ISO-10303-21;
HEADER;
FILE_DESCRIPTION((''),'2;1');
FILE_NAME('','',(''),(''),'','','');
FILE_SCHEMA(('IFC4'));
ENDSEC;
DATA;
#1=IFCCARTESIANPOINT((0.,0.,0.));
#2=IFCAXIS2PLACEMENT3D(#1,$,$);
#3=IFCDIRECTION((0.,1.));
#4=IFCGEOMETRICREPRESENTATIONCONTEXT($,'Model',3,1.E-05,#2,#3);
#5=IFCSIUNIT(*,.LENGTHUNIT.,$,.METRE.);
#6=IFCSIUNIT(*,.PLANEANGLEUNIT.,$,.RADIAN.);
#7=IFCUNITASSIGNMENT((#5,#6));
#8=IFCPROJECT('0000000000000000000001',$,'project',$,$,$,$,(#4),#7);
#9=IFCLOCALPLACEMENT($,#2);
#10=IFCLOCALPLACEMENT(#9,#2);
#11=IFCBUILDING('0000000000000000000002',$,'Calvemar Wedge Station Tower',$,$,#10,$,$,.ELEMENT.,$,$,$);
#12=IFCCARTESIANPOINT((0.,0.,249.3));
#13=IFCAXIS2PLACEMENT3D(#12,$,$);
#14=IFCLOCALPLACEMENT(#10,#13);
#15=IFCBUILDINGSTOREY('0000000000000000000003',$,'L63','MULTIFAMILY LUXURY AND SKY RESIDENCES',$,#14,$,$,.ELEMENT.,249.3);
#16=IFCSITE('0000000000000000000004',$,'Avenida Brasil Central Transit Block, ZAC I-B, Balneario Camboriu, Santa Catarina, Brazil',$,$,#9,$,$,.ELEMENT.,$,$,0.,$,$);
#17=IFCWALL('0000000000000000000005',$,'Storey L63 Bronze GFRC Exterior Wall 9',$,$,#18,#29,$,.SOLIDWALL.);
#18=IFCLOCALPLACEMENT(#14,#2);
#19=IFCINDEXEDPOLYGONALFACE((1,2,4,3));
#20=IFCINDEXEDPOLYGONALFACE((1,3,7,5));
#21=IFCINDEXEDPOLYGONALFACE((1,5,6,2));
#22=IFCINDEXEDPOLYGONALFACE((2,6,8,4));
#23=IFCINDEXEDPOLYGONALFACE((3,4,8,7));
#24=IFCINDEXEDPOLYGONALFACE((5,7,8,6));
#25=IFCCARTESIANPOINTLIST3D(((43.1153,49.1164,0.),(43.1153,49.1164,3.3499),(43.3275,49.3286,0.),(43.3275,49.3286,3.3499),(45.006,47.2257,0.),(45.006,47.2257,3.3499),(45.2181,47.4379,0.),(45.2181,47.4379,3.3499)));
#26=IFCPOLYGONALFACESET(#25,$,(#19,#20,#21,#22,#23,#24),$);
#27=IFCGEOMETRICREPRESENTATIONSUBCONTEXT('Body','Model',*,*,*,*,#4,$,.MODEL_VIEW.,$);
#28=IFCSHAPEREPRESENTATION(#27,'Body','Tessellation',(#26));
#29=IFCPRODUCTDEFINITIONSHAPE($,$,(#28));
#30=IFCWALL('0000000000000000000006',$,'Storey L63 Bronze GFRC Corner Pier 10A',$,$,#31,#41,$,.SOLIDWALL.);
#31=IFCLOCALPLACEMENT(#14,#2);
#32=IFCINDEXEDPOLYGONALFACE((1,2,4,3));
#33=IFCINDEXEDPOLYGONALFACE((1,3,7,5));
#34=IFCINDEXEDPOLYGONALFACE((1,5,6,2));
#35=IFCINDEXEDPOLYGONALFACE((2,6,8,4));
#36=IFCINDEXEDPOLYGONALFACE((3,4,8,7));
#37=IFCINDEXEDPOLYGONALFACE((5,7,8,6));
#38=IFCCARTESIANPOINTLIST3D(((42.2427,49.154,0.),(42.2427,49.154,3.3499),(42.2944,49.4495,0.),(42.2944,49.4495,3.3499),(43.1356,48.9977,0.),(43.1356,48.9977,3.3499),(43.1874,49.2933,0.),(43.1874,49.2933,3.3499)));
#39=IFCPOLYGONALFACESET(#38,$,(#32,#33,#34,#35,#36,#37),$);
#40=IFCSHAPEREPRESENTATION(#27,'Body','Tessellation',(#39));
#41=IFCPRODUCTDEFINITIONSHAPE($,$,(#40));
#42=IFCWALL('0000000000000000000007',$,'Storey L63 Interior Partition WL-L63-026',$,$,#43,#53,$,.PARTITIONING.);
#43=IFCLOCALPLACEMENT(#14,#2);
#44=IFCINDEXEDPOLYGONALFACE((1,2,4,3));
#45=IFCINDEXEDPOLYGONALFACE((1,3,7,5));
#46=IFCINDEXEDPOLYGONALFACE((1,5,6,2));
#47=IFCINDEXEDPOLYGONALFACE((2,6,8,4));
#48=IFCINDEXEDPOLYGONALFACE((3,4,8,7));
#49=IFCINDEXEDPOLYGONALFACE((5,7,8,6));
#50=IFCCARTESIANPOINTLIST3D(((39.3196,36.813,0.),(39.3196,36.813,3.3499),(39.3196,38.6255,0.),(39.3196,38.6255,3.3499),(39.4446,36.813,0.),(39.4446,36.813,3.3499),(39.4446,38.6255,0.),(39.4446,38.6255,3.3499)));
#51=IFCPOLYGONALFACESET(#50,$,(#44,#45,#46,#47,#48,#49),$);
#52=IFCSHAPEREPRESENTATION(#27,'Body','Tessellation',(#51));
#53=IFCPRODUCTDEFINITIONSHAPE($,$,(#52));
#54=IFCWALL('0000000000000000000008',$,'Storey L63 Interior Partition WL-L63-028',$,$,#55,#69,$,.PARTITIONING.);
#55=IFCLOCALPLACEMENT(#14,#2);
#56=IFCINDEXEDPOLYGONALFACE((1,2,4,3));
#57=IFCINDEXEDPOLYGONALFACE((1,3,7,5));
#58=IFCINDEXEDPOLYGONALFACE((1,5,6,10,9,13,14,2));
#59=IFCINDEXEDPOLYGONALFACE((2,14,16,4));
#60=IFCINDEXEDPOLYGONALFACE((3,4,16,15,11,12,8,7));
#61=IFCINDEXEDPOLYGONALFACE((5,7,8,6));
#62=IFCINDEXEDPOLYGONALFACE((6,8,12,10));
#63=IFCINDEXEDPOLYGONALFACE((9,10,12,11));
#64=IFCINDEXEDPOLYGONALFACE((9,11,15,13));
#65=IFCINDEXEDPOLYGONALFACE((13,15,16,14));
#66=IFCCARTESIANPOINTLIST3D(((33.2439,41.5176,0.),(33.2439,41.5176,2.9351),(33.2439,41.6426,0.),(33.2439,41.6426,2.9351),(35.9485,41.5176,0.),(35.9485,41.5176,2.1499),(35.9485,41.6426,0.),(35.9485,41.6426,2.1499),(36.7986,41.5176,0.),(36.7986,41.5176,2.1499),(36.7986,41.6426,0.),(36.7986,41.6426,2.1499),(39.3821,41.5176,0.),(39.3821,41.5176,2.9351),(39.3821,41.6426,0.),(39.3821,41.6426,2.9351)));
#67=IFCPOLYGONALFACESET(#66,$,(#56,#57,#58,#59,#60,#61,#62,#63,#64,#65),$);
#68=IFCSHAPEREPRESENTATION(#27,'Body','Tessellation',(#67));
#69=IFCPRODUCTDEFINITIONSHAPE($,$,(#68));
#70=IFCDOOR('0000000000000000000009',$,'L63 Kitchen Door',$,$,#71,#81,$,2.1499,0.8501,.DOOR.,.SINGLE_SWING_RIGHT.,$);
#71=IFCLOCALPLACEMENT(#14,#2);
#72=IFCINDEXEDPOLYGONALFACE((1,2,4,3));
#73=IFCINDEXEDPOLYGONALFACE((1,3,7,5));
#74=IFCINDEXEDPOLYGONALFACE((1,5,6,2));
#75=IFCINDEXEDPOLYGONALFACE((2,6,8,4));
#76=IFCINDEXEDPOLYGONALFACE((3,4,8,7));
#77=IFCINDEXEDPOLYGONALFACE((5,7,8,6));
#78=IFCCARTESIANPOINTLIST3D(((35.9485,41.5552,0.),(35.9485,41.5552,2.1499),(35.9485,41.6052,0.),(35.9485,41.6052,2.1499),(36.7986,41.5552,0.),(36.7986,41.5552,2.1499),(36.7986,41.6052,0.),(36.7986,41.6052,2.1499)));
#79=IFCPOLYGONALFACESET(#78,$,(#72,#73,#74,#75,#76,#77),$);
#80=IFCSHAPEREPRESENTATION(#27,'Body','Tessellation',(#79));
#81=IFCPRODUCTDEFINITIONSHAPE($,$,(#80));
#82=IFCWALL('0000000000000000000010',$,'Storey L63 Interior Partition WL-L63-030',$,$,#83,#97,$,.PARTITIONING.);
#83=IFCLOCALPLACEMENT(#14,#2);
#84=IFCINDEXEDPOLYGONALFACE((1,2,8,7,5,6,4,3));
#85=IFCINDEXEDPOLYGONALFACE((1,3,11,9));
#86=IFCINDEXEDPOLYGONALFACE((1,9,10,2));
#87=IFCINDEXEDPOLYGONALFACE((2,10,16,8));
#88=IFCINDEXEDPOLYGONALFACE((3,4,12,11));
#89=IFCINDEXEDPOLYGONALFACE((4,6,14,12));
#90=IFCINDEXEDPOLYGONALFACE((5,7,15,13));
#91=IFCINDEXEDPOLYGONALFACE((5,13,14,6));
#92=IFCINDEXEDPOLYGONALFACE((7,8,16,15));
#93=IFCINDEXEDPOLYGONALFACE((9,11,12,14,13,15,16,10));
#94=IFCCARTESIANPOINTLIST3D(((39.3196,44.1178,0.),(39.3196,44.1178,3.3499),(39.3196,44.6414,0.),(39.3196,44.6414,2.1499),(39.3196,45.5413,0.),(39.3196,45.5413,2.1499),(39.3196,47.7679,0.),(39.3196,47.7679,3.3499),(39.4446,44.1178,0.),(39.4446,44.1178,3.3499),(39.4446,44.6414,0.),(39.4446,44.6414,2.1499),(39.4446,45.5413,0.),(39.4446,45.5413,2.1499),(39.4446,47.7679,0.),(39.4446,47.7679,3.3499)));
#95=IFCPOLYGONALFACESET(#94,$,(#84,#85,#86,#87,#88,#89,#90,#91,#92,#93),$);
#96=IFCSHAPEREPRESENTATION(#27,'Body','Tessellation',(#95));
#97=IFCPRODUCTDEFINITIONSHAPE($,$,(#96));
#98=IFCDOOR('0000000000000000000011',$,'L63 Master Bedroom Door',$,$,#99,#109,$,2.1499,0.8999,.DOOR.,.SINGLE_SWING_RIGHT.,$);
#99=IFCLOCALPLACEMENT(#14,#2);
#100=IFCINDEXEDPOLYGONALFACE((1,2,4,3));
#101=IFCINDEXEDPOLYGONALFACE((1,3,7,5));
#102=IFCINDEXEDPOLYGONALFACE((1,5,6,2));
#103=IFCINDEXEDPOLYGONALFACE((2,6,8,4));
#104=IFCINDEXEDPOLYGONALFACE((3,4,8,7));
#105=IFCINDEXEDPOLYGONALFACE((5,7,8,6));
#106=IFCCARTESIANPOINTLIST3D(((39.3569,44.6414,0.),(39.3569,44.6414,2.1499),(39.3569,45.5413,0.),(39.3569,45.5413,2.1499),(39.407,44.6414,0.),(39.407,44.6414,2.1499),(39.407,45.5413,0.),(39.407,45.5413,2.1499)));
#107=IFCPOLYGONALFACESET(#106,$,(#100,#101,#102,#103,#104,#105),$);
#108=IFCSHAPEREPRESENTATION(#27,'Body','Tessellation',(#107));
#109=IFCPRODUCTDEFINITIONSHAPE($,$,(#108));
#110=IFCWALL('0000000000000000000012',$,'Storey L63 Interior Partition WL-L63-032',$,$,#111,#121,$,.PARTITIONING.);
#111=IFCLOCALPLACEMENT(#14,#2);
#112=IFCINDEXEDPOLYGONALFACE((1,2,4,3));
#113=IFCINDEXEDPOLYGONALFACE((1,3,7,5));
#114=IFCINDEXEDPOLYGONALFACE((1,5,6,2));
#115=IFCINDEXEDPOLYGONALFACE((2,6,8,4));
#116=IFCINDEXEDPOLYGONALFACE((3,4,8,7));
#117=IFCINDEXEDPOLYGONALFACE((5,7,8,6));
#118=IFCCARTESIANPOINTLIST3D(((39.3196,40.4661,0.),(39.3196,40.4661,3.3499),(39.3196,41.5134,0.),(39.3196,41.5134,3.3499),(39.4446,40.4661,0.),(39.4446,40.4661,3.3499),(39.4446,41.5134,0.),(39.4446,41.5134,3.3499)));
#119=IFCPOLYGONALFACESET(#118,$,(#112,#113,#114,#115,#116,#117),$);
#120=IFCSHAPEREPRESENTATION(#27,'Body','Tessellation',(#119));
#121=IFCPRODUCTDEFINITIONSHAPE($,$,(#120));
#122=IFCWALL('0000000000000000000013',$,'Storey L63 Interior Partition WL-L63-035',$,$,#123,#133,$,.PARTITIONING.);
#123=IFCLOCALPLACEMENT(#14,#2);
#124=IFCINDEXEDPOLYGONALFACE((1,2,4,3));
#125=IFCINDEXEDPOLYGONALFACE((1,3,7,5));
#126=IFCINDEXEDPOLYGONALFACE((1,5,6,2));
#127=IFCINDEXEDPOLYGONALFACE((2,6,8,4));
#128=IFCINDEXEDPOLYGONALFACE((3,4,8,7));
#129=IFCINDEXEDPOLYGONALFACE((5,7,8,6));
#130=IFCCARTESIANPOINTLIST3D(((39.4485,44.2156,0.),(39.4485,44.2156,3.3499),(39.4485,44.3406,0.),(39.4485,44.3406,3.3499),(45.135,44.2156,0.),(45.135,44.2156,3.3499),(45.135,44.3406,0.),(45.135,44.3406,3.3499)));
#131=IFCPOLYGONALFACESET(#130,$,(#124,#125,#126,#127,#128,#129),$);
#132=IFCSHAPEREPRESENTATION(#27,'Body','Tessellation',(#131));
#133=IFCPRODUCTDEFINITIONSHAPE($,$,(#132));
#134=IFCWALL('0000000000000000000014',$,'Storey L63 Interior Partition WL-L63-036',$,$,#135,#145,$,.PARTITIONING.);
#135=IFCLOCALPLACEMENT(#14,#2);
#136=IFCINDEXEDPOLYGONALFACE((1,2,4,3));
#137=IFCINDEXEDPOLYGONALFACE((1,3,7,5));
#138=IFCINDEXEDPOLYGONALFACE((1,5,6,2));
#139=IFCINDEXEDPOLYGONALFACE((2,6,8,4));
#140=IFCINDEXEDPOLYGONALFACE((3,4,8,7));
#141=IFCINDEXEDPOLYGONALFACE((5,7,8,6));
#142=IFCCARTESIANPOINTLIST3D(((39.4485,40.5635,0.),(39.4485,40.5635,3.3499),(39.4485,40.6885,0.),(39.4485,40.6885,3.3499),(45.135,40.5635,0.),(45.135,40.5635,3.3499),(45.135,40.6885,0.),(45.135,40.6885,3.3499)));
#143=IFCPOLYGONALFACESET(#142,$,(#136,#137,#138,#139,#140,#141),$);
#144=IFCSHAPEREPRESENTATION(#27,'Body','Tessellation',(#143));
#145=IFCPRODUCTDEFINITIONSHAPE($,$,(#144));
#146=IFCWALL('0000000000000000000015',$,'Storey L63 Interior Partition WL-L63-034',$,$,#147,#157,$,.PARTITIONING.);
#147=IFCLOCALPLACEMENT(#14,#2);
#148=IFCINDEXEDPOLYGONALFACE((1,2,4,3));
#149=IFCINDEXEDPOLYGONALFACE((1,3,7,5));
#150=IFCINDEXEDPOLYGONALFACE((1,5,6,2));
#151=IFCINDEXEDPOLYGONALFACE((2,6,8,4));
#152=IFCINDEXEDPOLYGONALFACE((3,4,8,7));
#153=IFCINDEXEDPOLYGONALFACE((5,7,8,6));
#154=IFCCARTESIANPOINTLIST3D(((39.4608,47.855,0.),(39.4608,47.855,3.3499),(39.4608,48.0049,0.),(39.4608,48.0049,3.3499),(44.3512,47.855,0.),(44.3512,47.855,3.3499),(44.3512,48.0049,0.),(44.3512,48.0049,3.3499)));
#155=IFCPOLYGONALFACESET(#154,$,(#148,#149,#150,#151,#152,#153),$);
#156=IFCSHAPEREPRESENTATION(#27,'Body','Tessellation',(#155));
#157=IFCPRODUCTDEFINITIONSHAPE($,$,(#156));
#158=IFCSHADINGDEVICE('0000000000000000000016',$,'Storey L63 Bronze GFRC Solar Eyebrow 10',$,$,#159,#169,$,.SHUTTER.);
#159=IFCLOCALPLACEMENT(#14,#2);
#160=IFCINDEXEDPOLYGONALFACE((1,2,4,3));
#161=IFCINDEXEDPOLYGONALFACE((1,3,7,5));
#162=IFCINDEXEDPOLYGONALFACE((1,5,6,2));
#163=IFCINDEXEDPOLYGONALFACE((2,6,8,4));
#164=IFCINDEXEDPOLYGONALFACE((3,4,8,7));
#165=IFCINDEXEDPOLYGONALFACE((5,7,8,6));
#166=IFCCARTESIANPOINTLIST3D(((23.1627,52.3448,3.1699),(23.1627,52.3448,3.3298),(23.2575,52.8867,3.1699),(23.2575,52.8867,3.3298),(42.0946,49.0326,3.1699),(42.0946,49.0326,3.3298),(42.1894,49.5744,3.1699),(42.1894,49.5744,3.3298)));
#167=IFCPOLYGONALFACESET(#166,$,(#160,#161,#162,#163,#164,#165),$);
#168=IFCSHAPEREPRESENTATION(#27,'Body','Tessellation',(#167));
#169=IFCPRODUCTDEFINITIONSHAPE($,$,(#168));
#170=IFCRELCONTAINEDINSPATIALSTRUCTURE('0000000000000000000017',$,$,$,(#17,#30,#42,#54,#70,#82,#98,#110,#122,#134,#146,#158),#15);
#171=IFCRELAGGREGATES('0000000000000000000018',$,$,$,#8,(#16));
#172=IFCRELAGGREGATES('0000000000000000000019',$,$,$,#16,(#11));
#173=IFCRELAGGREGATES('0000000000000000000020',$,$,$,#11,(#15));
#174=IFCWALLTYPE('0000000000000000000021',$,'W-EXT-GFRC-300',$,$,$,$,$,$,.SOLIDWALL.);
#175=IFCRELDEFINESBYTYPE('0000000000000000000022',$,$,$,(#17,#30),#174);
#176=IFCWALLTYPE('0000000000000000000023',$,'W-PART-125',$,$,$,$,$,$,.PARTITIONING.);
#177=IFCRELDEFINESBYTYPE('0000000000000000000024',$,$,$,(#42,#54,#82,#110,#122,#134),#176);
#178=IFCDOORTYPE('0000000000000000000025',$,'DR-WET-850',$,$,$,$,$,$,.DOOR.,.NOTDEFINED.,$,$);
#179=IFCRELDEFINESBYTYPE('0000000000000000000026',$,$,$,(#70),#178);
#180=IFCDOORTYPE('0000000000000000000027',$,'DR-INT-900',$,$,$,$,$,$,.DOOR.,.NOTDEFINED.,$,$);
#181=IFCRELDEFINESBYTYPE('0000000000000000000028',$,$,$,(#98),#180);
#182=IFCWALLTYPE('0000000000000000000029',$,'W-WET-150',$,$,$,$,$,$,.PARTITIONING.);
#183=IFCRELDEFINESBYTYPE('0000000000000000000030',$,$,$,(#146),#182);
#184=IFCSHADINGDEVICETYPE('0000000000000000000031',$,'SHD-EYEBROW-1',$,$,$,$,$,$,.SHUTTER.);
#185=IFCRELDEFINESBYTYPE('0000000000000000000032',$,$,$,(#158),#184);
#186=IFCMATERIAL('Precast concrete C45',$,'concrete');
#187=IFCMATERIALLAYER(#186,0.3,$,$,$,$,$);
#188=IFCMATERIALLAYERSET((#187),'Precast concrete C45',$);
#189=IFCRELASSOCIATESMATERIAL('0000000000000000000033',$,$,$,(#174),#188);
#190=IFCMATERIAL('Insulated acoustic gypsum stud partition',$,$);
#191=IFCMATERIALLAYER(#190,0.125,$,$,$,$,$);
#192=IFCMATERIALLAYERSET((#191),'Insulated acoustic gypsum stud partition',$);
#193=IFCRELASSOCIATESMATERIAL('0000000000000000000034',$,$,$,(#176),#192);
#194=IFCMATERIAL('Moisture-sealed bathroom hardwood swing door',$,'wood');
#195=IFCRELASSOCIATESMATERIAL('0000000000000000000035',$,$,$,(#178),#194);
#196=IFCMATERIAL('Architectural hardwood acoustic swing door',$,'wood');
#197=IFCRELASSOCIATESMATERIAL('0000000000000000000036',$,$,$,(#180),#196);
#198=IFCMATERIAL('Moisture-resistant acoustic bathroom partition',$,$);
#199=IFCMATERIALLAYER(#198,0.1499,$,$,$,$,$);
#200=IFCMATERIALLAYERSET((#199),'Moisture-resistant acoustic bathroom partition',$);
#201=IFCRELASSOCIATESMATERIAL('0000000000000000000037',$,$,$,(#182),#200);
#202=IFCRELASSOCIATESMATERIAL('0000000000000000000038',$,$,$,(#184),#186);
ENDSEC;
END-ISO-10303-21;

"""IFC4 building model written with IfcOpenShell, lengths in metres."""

from ifc_helpers import new_model, si_unit, direction, frame, frame_2d, origin, place, context, subcontext, project, spatial, rectangle, extrude, source, transform, mapped, material, layer, layer_set, type_object, element, fill, save


model = new_model("IFC4")

# Units and contexts
model_context = context("Model", 3, precision=1e-05, world=origin(), true_north=direction((0.0, 1.0)))
body_context = subcontext(model_context, "Body", "Model", "MODEL_VIEW")
ifc_project = project(units=[si_unit("LENGTHUNIT", "METRE"), si_unit("PLANEANGLEUNIT", "RADIAN")], contexts=[model_context])

# Site, building, storey
site_placement = place(None, origin())
site = spatial("IfcSite", under=ifc_project, at=site_placement, Name="Avenida Brasil Central Transit Block, ZAC I-B, Balneario Camboriu, Santa Catarina, Brazil", CompositionType="ELEMENT", RefElevation=0.0)
building_placement = place(site_placement, origin())
building = spatial("IfcBuilding", under=site, at=building_placement, Name="Calvemar Wedge Station Tower", CompositionType="ELEMENT")
storey_placement = place(building_placement, frame((0.0, 0.0, 249.3)))
storey = spatial("IfcBuildingStorey", under=building, at=storey_placement, Name="L63", Description="MULTIFAMILY LUXURY AND SKY RESIDENCES", CompositionType="ELEMENT", Elevation=249.3)

# Walls
ifc_material_1 = material(Name="Precast concrete C45", Category="concrete")
ifc_layer_1 = layer(ifc_material_1, 0.3)
ifc_layer_set_1 = layer_set([ifc_layer_1], Name="Precast concrete C45")
wall_type_1 = type_object("IfcWallType", Name="W-EXT-GFRC-300", PredefinedType="SOLIDWALL", material=ifc_layer_set_1)
wall_1_placement = place(storey_placement, frame((45.1121, 47.3318, 0.0), z_axis=(0.0, 0.0, 1.0), x_axis=(-0.707107, 0.707107, 0.0)))
element("IfcWall", 1, at=wall_1_placement, inside=storey, type_object=wall_type_1, Name="Storey L63 Bronze GFRC Exterior Wall 9", PredefinedType="SOLIDWALL", context=body_context, shape_type="SweptSolid", body=[
    extrude(rectangle(XDim=2.6738, YDim=0.3, at=frame_2d((1.3369, 0.0))), origin(), (0.0, 0.0, 1.0), 3.3499),
])
wall_2_placement = place(storey_placement, frame((43.1614, 49.1455, 0.0), z_axis=(0.0, 0.0, 1.0), x_axis=(-0.985029, 0.172387, 0.0)))
element("IfcWall", 2, at=wall_2_placement, inside=storey, type_object=wall_type_1, Name="Storey L63 Bronze GFRC Corner Pier 10A", PredefinedType="SOLIDWALL", context=body_context, shape_type="SweptSolid", body=[
    extrude(rectangle(XDim=0.9065, YDim=0.3, at=frame_2d((0.4531, 0.0))), origin(), (0.0, 0.0, 1.0), 3.3499),
])
ifc_material_2 = material(Name="Insulated acoustic gypsum stud partition")
ifc_layer_2 = layer(ifc_material_2, 0.125)
ifc_layer_set_2 = layer_set([ifc_layer_2], Name="Insulated acoustic gypsum stud partition")
wall_type_2 = type_object("IfcWallType", Name="W-PART-125", PredefinedType="PARTITIONING", material=ifc_layer_set_2)
wall_3_placement = place(storey_placement, frame((39.3821, 38.6255, 0.0), z_axis=(0.0, 0.0, 1.0), x_axis=(0.0, -1.0, 0.0)))
element("IfcWall", 3, at=wall_3_placement, inside=storey, type_object=wall_type_2, Name="Storey L63 Interior Partition WL-L63-026", PredefinedType="PARTITIONING", context=body_context, shape_type="SweptSolid", body=[
    extrude(rectangle(XDim=1.8125, YDim=0.125, at=frame_2d((0.9062, 0.0))), origin(), (0.0, 0.0, 1.0), 3.3499),
])

# Walls, openings, doors
wall_4_placement = place(storey_placement, frame((39.3821, 41.5801, 0.0), z_axis=(0.0, 0.0, 1.0), x_axis=(-1.0, 0.0, 0.0)))
wall_4 = element("IfcWall", 4, at=wall_4_placement, inside=storey, type_object=wall_type_2, Name="Storey L63 Interior Partition WL-L63-028", PredefinedType="PARTITIONING", context=body_context, shape_type="SweptSolid", body=[
    extrude(rectangle(XDim=6.1382, YDim=0.125, at=frame_2d((3.0691, 0.0))), origin(), (0.0, 0.0, 1.0), 2.9351),
])
shared_shape_1 = source(origin(), body_context, "Body", "SweptSolid", [
    extrude(rectangle(XDim=0.8501, YDim=2.1499, at=frame_2d((0.425, 1.075))), frame((0.0, 0.0725, 0.0), z_axis=(0.0, -1.0, 0.0), x_axis=(1.0, 0.0, 0.0)), (0.0, 0.0, 1.0), 0.145),
])
opening_1_placement = place(wall_4_placement, frame((2.5835, 0.0, 0.0)))
opening_1 = element("IfcOpeningElement", 5, at=opening_1_placement, cuts=wall_4, PredefinedType="OPENING", context=body_context, shape_type="MappedRepresentation", body=[
    mapped(shared_shape_1, transform((0.0, 0.0, 0.0), scale=1.0)),
])
ifc_material_3 = material(Name="Moisture-sealed bathroom hardwood swing door", Category="wood")
door_type_1 = type_object("IfcDoorType", Name="DR-WET-850", OperationType="NOTDEFINED", PredefinedType="DOOR", material=ifc_material_3)
shared_shape_2 = source(origin(), body_context, "Body", "SweptSolid", [
    extrude(rectangle(XDim=0.8501, YDim=2.1499, at=frame_2d((0.425, 1.075))), frame((0.0, 0.0249, 0.0), z_axis=(0.0, -1.0, 0.0), x_axis=(1.0, 0.0, 0.0)), (0.0, 0.0, 1.0), 0.05),
])
door_1_placement = place(opening_1_placement, origin())
door_1 = element("IfcDoor", 6, at=door_1_placement, inside=storey, type_object=door_type_1, Name="L63 Kitchen Door", OperationType="SINGLE_SWING_RIGHT", OverallHeight=2.1499, OverallWidth=0.8501, PredefinedType="DOOR", context=body_context, shape_type="MappedRepresentation", body=[
    mapped(shared_shape_2, transform((0.0, 0.0, 0.0), scale=1.0)),
])
fill(opening_1, door_1)
wall_5_placement = place(storey_placement, frame((39.3821, 47.7681, 0.0), z_axis=(0.0, 0.0, 1.0), x_axis=(0.0, -1.0, 0.0)))
wall_5 = element("IfcWall", 7, at=wall_5_placement, inside=storey, type_object=wall_type_2, Name="Storey L63 Interior Partition WL-L63-030", PredefinedType="PARTITIONING", context=body_context, shape_type="SweptSolid", body=[
    extrude(rectangle(XDim=3.6501, YDim=0.125, at=frame_2d((1.8252, 0.0))), origin(), (0.0, 0.0, 1.0), 3.3499),
])
shared_shape_3 = source(origin(), body_context, "Body", "SweptSolid", [
    extrude(rectangle(XDim=0.8999, YDim=2.1499, at=frame_2d((0.45, 1.075))), frame((0.0, 0.0725, 0.0), z_axis=(0.0, -1.0, 0.0), x_axis=(1.0, 0.0, 0.0)), (0.0, 0.0, 1.0), 0.145),
])
opening_2_placement = place(wall_5_placement, frame((2.2268, 0.0, 0.0)))
opening_2 = element("IfcOpeningElement", 8, at=opening_2_placement, cuts=wall_5, PredefinedType="OPENING", context=body_context, shape_type="MappedRepresentation", body=[
    mapped(shared_shape_3, transform((0.0, 0.0, 0.0), scale=1.0)),
])
ifc_material_4 = material(Name="Architectural hardwood acoustic swing door", Category="wood")
door_type_2 = type_object("IfcDoorType", Name="DR-INT-900", OperationType="NOTDEFINED", PredefinedType="DOOR", material=ifc_material_4)
shared_shape_4 = source(origin(), body_context, "Body", "SweptSolid", [
    extrude(rectangle(XDim=0.8999, YDim=2.1499, at=frame_2d((0.45, 1.075))), frame((0.0, 0.0249, 0.0), z_axis=(0.0, -1.0, 0.0), x_axis=(1.0, 0.0, 0.0)), (0.0, 0.0, 1.0), 0.05),
])
door_2_placement = place(opening_2_placement, origin())
door_2 = element("IfcDoor", 9, at=door_2_placement, inside=storey, type_object=door_type_2, Name="L63 Master Bedroom Door", OperationType="SINGLE_SWING_RIGHT", OverallHeight=2.1499, OverallWidth=0.8999, PredefinedType="DOOR", context=body_context, shape_type="MappedRepresentation", body=[
    mapped(shared_shape_4, transform((0.0, 0.0, 0.0), scale=1.0)),
])
fill(opening_2, door_2)

# Wall
wall_6_placement = place(storey_placement, frame((39.3821, 41.5134, 0.0), z_axis=(0.0, 0.0, 1.0), x_axis=(0.0, -1.0, 0.0)))
element("IfcWall", 10, at=wall_6_placement, inside=storey, type_object=wall_type_2, Name="Storey L63 Interior Partition WL-L63-032", PredefinedType="PARTITIONING", context=body_context, shape_type="SweptSolid", body=[
    extrude(rectangle(XDim=1.0474, YDim=0.125, at=frame_2d((0.5237, 0.0))), origin(), (0.0, 0.0, 1.0), 3.3499),
])

# Walls
for number, where, z_axis, x_axis, name in (
    (11, (45.135, 44.2781, 0.0), (0.0, 0.0, 1.0), (-1.0, 0.0, 0.0), "Storey L63 Interior Partition WL-L63-035"),
    (12, (45.135, 40.626, 0.0), (0.0, 0.0, 1.0), (-1.0, 0.0, 0.0), "Storey L63 Interior Partition WL-L63-036"),
):
    element("IfcWall", number, at=place(storey_placement, frame(where, z_axis=z_axis, x_axis=x_axis)), inside=storey, type_object=wall_type_2, Name=name, PredefinedType="PARTITIONING", context=body_context, shape_type="SweptSolid", body=[
        extrude(rectangle(XDim=5.6865, YDim=0.125, at=frame_2d((2.8433, 0.0))), origin(), (0.0, 0.0, 1.0), 3.3499),
    ])

# Shared definitions
ifc_material_5 = material(Name="Moisture-resistant acoustic bathroom partition")
ifc_layer_3 = layer(ifc_material_5, 0.1499)
ifc_layer_set_3 = layer_set([ifc_layer_3], Name="Moisture-resistant acoustic bathroom partition")
wall_type_3 = type_object("IfcWallType", Name="W-WET-150", PredefinedType="PARTITIONING", material=ifc_layer_set_3)

# Wall
wall_7_placement = place(storey_placement, frame((44.3513, 47.9299, 0.0), z_axis=(0.0, 0.0, 1.0), x_axis=(-1.0, 0.0, 0.0)))
element("IfcWall", 13, at=wall_7_placement, inside=storey, type_object=wall_type_3, Name="Storey L63 Interior Partition WL-L63-034", PredefinedType="PARTITIONING", context=body_context, shape_type="SweptSolid", body=[
    extrude(rectangle(XDim=4.8904, YDim=0.1499, at=frame_2d((2.4453, 0.0))), origin(), (0.0, 0.0, 1.0), 3.3499),
])

# Shading device
shading_device_type = type_object("IfcShadingDeviceType", Name="SHD-EYEBROW-1", PredefinedType="SHUTTER", material=ifc_material_1)
shading_device_placement = place(storey_placement, frame((42.1421, 49.3035, 3.1699), z_axis=(0.0, 0.0, 1.0), x_axis=(-0.985038, 0.172339, 0.0)))
element("IfcShadingDevice", 14, at=shading_device_placement, inside=storey, type_object=shading_device_type, Name="Storey L63 Bronze GFRC Solar Eyebrow 10", PredefinedType="SHUTTER", context=body_context, shape_type="SweptSolid", body=[
    extrude(rectangle(XDim=19.2195, YDim=0.55, at=frame_2d((9.6099, 0.0))), origin(), (0.0, 0.0, 1.0), 0.1599),
])

save(model, "model.ifc")
